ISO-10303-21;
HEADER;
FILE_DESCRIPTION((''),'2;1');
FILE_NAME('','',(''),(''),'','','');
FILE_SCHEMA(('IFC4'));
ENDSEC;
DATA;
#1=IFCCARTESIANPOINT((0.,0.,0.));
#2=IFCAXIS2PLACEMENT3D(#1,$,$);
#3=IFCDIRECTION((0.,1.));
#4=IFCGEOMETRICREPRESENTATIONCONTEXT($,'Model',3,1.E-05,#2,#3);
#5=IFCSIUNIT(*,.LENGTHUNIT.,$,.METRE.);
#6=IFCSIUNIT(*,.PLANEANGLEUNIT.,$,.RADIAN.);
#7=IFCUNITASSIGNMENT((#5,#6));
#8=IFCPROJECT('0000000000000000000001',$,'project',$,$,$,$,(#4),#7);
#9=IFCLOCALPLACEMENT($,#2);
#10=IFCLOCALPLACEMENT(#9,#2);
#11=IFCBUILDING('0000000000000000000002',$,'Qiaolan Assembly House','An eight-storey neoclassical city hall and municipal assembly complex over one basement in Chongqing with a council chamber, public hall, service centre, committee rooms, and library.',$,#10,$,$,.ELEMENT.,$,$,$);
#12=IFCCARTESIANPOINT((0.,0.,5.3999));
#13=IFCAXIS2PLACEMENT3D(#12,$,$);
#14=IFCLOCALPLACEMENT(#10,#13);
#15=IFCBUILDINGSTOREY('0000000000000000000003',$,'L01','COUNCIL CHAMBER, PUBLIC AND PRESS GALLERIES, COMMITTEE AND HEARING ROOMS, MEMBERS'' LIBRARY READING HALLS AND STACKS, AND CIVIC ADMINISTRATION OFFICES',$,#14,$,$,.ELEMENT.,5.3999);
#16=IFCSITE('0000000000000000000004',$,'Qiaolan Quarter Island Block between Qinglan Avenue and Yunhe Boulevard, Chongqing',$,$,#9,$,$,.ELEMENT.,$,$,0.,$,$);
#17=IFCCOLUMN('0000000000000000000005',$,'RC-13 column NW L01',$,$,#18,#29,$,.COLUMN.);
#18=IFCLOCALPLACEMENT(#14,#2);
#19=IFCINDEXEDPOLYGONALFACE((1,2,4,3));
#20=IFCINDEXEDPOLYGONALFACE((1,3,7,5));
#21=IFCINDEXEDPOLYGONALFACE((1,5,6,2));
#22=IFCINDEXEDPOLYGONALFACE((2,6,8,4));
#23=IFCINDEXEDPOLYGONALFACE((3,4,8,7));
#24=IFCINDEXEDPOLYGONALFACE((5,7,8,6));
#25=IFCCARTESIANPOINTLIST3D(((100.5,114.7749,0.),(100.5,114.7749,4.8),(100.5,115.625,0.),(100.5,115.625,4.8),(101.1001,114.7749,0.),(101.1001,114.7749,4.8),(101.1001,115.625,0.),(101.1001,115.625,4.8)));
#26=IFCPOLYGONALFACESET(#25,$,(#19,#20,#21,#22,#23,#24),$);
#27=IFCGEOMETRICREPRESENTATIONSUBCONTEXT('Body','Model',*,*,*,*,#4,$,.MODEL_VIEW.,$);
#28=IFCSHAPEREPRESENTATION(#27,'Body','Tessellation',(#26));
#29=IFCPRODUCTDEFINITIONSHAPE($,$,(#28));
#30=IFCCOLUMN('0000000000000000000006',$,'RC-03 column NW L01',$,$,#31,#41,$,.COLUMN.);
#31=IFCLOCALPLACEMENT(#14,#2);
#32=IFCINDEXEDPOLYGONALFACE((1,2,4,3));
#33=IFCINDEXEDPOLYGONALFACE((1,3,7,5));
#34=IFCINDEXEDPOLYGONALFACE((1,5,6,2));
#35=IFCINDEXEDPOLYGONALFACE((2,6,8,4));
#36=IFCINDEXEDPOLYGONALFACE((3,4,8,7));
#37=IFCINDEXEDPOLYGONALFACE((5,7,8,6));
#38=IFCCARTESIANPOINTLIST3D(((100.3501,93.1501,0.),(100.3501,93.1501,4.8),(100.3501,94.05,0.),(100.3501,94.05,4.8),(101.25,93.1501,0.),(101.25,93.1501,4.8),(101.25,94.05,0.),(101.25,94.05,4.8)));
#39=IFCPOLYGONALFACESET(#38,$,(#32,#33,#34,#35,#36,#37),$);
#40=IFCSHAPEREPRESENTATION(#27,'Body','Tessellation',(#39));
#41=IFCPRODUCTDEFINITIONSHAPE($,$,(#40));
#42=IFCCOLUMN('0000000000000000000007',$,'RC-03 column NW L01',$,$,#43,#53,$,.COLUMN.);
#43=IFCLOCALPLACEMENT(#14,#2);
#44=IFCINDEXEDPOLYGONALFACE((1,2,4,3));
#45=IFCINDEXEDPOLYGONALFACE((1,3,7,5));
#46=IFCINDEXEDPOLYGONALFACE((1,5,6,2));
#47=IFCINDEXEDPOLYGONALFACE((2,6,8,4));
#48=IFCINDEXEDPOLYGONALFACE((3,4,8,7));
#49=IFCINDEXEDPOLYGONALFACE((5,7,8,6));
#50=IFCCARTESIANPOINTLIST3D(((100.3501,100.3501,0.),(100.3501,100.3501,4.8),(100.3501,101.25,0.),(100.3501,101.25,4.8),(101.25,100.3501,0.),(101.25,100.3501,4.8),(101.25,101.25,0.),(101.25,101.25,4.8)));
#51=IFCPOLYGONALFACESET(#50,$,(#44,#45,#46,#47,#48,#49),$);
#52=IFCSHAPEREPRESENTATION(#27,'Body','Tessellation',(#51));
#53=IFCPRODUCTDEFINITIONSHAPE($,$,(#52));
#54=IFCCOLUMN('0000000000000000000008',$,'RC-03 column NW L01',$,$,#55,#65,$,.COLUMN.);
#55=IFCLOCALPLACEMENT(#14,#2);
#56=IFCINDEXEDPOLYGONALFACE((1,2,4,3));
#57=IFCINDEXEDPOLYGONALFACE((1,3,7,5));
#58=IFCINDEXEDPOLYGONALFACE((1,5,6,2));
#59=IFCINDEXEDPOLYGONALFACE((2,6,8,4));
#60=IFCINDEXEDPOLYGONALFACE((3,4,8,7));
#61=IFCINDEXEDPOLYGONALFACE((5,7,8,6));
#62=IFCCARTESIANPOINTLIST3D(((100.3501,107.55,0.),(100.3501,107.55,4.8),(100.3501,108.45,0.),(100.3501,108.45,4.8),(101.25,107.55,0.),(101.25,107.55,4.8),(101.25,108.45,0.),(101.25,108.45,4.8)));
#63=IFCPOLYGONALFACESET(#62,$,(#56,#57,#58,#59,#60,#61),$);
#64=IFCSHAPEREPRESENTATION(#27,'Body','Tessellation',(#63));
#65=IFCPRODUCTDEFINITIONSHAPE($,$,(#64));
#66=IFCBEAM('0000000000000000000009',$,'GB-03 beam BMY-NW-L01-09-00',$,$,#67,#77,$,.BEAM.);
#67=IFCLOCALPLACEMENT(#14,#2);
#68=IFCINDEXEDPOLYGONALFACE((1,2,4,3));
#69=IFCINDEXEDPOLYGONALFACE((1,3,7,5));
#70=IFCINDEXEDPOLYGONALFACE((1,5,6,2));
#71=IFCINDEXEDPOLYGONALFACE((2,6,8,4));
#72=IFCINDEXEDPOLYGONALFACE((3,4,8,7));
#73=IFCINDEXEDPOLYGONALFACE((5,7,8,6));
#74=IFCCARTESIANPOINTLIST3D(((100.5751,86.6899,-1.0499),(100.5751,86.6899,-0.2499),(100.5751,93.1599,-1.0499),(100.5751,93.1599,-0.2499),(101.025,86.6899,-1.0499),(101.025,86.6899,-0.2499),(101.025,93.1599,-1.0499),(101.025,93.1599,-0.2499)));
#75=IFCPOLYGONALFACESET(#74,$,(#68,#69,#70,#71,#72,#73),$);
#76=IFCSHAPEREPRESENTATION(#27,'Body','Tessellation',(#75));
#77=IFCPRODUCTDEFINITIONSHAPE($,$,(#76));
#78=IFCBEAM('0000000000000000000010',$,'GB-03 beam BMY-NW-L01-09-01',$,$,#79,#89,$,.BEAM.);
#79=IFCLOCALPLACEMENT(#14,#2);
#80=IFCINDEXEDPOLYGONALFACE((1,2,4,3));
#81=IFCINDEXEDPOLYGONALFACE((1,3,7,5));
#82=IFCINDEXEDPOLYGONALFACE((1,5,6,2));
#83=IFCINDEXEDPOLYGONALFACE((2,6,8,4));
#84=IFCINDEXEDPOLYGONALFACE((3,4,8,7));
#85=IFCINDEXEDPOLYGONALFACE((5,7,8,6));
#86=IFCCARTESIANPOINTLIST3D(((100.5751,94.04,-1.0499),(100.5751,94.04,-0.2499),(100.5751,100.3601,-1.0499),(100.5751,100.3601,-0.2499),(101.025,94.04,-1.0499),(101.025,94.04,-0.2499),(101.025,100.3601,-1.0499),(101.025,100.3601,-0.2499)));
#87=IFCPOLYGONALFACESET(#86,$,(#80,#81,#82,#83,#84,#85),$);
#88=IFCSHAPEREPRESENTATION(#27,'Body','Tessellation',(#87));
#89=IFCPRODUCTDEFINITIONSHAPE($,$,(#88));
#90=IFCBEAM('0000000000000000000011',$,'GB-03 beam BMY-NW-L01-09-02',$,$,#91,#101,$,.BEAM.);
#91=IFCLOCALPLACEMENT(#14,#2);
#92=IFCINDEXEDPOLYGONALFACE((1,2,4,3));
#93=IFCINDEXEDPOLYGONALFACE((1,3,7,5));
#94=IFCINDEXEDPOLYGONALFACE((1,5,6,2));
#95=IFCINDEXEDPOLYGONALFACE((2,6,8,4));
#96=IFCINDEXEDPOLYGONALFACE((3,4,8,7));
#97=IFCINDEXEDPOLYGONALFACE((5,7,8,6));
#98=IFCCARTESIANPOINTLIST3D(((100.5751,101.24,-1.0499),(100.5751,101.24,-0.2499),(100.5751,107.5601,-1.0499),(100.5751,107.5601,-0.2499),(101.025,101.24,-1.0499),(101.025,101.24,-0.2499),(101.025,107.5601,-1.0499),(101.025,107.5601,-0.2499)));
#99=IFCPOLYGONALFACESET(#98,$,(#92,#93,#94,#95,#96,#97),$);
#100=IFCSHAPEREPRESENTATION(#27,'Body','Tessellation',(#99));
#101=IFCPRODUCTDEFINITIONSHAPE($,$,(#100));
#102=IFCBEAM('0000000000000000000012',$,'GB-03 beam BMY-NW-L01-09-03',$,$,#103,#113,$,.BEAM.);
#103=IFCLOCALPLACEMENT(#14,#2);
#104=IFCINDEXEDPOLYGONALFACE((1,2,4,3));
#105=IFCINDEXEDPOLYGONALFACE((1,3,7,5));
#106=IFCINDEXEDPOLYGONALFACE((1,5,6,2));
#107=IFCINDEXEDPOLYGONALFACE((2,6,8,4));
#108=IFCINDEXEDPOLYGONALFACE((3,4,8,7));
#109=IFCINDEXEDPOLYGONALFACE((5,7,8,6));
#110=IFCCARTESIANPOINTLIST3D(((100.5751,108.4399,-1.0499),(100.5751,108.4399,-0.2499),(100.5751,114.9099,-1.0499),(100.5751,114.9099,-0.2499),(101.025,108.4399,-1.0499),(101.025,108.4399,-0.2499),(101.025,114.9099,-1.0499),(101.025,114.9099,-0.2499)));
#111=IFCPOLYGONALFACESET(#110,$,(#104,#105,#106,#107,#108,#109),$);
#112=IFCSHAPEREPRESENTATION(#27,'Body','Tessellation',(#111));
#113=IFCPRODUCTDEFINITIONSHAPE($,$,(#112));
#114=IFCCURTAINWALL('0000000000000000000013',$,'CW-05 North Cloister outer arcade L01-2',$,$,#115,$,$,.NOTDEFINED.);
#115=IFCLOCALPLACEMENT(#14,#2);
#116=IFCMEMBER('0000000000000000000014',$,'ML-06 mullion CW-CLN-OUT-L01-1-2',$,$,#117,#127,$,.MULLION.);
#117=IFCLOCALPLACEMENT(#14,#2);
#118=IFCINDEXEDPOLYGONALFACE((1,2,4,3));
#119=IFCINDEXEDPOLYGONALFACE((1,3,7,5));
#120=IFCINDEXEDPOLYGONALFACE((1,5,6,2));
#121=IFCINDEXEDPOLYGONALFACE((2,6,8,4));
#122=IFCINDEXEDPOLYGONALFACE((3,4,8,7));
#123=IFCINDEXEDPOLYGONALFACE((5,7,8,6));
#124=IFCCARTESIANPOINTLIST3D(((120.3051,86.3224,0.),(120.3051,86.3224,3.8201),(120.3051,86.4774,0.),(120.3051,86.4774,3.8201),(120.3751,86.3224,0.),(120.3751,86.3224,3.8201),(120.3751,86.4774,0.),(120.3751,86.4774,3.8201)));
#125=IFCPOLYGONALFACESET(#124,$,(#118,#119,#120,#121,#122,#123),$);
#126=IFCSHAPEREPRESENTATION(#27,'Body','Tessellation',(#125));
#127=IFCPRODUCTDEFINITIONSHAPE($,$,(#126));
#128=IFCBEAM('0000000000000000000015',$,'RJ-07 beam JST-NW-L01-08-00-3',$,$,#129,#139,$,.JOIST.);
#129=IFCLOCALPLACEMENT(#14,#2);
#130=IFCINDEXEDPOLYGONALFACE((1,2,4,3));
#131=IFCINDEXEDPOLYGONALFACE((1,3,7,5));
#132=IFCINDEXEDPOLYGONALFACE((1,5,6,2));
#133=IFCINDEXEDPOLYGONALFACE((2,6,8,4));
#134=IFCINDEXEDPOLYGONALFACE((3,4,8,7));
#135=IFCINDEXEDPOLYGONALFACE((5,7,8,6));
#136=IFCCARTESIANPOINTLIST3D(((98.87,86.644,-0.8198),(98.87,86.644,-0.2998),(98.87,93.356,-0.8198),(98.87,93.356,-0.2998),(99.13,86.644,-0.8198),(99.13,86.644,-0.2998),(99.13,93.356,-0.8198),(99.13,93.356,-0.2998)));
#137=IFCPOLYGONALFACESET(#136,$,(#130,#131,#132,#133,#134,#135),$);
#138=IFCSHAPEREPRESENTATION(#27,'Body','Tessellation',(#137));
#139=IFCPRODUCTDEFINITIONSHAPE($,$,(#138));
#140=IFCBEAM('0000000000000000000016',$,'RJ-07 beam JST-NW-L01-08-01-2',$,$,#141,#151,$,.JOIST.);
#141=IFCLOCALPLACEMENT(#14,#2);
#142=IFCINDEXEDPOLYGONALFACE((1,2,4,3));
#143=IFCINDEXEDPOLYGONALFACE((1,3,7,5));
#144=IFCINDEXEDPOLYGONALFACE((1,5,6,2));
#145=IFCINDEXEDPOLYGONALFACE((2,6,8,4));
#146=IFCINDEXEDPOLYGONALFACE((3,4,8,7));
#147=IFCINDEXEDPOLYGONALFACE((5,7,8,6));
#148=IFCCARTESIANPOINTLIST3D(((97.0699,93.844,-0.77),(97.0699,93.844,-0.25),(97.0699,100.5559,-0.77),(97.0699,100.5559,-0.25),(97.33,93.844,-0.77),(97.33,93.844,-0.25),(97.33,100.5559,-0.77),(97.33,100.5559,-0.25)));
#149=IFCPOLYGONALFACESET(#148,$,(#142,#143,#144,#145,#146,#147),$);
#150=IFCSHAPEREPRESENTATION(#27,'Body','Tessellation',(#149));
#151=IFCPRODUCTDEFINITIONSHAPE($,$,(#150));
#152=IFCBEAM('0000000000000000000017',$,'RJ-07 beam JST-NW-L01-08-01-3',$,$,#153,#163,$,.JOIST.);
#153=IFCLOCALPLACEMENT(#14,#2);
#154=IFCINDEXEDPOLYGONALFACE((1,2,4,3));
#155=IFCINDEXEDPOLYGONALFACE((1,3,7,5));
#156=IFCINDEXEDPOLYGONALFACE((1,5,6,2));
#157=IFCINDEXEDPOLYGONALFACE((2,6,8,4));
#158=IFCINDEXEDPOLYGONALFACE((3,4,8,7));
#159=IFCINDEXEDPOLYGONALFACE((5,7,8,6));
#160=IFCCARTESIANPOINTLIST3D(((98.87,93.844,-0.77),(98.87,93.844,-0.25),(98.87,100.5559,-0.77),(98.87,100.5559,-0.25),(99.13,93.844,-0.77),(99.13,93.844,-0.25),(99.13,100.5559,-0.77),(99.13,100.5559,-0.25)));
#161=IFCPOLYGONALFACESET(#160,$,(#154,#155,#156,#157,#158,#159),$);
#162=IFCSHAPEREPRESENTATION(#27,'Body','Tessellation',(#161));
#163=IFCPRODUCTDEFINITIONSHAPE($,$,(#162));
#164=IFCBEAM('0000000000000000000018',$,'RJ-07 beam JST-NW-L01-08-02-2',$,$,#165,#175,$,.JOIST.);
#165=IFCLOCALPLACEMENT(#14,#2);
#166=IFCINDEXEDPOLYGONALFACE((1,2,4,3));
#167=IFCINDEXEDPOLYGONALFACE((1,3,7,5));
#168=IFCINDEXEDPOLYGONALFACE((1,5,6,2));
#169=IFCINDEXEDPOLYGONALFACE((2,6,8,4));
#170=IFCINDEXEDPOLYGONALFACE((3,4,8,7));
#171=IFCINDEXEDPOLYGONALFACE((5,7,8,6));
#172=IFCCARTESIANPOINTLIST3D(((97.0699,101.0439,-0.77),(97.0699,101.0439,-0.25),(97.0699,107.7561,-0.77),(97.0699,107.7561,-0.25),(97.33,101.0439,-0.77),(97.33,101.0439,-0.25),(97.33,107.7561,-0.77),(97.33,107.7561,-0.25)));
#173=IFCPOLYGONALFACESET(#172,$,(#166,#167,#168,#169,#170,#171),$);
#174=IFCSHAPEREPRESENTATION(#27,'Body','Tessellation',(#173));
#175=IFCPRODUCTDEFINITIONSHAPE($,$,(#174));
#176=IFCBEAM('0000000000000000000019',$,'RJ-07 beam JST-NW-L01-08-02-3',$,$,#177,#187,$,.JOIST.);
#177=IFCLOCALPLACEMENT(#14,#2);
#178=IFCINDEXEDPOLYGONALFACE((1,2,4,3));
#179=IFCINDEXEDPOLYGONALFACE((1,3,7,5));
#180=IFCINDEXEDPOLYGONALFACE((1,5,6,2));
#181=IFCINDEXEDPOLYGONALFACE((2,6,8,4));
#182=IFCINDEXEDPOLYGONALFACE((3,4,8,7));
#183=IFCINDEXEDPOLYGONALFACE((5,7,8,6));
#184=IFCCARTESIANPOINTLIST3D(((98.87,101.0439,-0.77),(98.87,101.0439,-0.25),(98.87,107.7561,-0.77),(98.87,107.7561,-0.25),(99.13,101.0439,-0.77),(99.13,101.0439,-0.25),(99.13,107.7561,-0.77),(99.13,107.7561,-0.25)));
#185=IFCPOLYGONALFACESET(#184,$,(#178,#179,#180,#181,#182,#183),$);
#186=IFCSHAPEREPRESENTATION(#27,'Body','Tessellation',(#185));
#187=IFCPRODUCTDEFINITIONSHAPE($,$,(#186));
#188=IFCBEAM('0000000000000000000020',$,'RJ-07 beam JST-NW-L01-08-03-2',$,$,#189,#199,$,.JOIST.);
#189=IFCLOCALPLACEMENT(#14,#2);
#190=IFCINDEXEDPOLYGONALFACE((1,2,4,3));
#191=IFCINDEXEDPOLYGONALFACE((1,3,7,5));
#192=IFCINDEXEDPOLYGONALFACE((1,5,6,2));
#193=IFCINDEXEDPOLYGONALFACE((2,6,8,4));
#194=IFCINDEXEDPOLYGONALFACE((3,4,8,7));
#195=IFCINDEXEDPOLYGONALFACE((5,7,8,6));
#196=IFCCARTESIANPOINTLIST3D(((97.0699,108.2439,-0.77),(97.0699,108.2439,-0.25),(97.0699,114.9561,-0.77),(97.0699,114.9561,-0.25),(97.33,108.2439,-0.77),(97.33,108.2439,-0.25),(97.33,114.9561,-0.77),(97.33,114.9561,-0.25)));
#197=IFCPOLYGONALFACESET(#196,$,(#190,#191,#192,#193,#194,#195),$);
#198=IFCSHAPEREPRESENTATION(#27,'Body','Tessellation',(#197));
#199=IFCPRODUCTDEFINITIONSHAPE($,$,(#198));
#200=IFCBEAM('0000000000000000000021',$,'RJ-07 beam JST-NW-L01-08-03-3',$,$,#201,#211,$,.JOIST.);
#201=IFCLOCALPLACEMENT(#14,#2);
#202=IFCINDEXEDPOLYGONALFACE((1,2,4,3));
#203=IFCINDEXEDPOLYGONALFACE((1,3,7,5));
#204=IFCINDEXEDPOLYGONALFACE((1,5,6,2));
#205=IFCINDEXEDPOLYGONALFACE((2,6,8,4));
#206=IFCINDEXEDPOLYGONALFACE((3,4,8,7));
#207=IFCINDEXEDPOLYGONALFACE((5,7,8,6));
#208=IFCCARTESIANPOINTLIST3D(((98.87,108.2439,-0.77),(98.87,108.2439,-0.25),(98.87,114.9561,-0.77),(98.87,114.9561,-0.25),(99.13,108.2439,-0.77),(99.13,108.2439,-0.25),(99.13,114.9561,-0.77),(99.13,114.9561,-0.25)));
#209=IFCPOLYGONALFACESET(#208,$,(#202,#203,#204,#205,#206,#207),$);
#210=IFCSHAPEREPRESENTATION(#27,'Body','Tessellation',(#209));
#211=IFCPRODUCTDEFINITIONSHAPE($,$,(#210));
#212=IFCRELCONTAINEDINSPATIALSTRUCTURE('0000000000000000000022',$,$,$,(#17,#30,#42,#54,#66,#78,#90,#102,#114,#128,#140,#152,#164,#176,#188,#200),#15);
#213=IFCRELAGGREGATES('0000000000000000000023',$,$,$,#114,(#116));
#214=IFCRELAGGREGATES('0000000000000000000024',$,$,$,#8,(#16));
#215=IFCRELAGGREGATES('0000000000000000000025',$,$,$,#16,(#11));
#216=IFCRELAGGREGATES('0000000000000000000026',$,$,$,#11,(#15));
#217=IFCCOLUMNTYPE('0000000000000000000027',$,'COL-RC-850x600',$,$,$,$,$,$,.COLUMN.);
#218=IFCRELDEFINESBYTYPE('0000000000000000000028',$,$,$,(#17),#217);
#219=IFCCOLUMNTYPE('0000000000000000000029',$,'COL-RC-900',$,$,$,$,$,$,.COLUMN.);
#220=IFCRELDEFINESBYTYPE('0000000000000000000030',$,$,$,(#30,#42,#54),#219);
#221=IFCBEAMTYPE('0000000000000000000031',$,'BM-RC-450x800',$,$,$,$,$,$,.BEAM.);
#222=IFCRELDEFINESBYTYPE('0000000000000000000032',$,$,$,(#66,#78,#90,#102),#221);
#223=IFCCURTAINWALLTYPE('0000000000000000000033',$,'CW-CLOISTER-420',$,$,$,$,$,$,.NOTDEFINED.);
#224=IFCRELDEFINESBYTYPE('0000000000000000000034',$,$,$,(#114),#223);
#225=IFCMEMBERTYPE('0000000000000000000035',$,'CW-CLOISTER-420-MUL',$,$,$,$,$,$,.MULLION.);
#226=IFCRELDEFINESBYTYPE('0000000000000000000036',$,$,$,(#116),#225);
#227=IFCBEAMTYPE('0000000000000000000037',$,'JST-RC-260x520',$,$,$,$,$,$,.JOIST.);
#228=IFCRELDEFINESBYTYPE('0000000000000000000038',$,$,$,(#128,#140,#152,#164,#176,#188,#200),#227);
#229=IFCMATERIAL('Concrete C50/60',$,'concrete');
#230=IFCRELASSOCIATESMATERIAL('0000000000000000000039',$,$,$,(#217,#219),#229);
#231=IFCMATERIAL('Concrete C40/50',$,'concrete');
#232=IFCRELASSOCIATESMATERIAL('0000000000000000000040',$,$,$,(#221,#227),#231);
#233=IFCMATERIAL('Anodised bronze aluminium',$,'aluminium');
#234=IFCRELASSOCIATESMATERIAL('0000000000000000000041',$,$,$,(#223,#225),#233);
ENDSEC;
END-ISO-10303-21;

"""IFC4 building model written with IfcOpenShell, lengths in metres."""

from ifc_helpers import new_model, si_unit, direction, frame, origin, origin_2d, place, context, subcontext, project, spatial, rectangle, extrude, material, material_profile, profile_set, type_object, element, aggregate, save


model = new_model("IFC4")

# Units and contexts
model_context = context("Model", 3, precision=1e-05, world=origin(), true_north=direction((0.0, 1.0)))
body_context = subcontext(model_context, "Body", "Model", "MODEL_VIEW")
ifc_project = project(units=[si_unit("LENGTHUNIT", "METRE"), si_unit("PLANEANGLEUNIT", "RADIAN")], contexts=[model_context])

# Site, building, storey
site_placement = place(None, origin())
site = spatial("IfcSite", under=ifc_project, at=site_placement, Name="Qiaolan Quarter Island Block between Qinglan Avenue and Yunhe Boulevard, Chongqing", CompositionType="ELEMENT", RefElevation=0.0)
building_placement = place(site_placement, origin())
building = spatial("IfcBuilding", under=site, at=building_placement, Name="Qiaolan Assembly House", Description="An eight-storey neoclassical city hall and municipal assembly complex over one basement in Chongqing with a council chamber, public hall, service centre, committee rooms, and library.", CompositionType="ELEMENT")
storey_placement = place(building_placement, frame((0.0, 0.0, 5.3999)))
storey = spatial("IfcBuildingStorey", under=building, at=storey_placement, Name="L01", Description="COUNCIL CHAMBER, PUBLIC AND PRESS GALLERIES, COMMITTEE AND HEARING ROOMS, MEMBERS' LIBRARY READING HALLS AND STACKS, AND CIVIC ADMINISTRATION OFFICES", CompositionType="ELEMENT", Elevation=5.3999)

# Columns
ifc_material_1 = material(Name="Concrete C50/60", Category="concrete")
ifc_material_profile_1 = material_profile(ifc_material_1, rectangle(XDim=0.6001, YDim=0.8501, at=origin_2d()), Name="RC 850x600")
ifc_profile_set_1 = profile_set([ifc_material_profile_1], Name="Concrete C50/60")
column_type_1 = type_object("IfcColumnType", Name="COL-RC-850x600", PredefinedType="COLUMN", material=ifc_profile_set_1)
column_placement = place(storey_placement, frame((100.8, 115.2, 0.0), z_axis=(0.0, 0.0, 1.0), x_axis=(1.0, 0.0, 0.0)))
element("IfcColumn", 1, at=column_placement, inside=storey, type_object=column_type_1, Name="RC-13 column NW L01", PredefinedType="COLUMN", context=body_context, shape_type="SweptSolid", body=[
    extrude(rectangle(XDim=0.6001, YDim=0.8501, at=origin_2d()), origin(), (0.0, 0.0, 1.0), 4.8),
])
ifc_material_profile_2 = material_profile(ifc_material_1, rectangle(XDim=0.8999, YDim=0.8999, at=origin_2d()), Name="RC 900x900")
ifc_profile_set_2 = profile_set([ifc_material_profile_2], Name="Concrete C50/60")
column_type_2 = type_object("IfcColumnType", Name="COL-RC-900", PredefinedType="COLUMN", material=ifc_profile_set_2)
for number, where, z_axis, x_axis, name in (
    (2, (100.8, 93.6001, 0.0), (0.0, 0.0, 1.0), (1.0, 0.0, 0.0), "RC-03 column NW L01"),
    (3, (100.8, 100.8, 0.0), (0.0, 0.0, 1.0), (1.0, 0.0, 0.0), "RC-03 column NW L01"),
    (4, (100.8, 108.0, 0.0), (0.0, 0.0, 1.0), (1.0, 0.0, 0.0), "RC-03 column NW L01"),
):
    element("IfcColumn", number, at=place(storey_placement, frame(where, z_axis=z_axis, x_axis=x_axis)), inside=storey, type_object=column_type_2, Name=name, PredefinedType="COLUMN", context=body_context, shape_type="SweptSolid", body=[
        extrude(rectangle(XDim=0.8999, YDim=0.8999, at=origin_2d()), origin(), (0.0, 0.0, 1.0), 4.8),
    ])

# Beams
ifc_material_2 = material(Name="Concrete C40/50", Category="concrete")
ifc_material_profile_3 = material_profile(ifc_material_2, rectangle(XDim=0.45, YDim=0.8, at=origin_2d()), Name="RCB 450x800")
ifc_profile_set_3 = profile_set([ifc_material_profile_3], Name="Concrete C40/50")
beam_type_1 = type_object("IfcBeamType", Name="BM-RC-450x800", PredefinedType="BEAM", material=ifc_profile_set_3)
beam_1_placement = place(storey_placement, frame((100.8, 86.6899, -0.6499), z_axis=(0.0, 1.0, 0.0), x_axis=(-1.0, 0.0, 0.0)))
element("IfcBeam", 5, at=beam_1_placement, inside=storey, type_object=beam_type_1, Name="GB-03 beam BMY-NW-L01-09-00", PredefinedType="BEAM", context=body_context, shape_type="SweptSolid", body=[
    extrude(rectangle(XDim=0.45, YDim=0.8, at=origin_2d()), origin(), (0.0, 0.0, 1.0), 6.47),
])
for number, where, z_axis, x_axis, name in (
    (6, (100.8, 94.04, -0.6499), (0.0, 1.0, 0.0), (-1.0, 0.0, 0.0), "GB-03 beam BMY-NW-L01-09-01"),
    (7, (100.8, 101.24, -0.6499), (0.0, 1.0, 0.0), (-1.0, 0.0, 0.0), "GB-03 beam BMY-NW-L01-09-02"),
):
    element("IfcBeam", number, at=place(storey_placement, frame(where, z_axis=z_axis, x_axis=x_axis)), inside=storey, type_object=beam_type_1, Name=name, PredefinedType="BEAM", context=body_context, shape_type="SweptSolid", body=[
        extrude(rectangle(XDim=0.45, YDim=0.8, at=origin_2d()), origin(), (0.0, 0.0, 1.0), 6.3201),
    ])
beam_2_placement = place(storey_placement, frame((100.8, 108.4399, -0.6499), z_axis=(0.0, 1.0, 0.0), x_axis=(-1.0, 0.0, 0.0)))
element("IfcBeam", 8, at=beam_2_placement, inside=storey, type_object=beam_type_1, Name="GB-03 beam BMY-NW-L01-09-03", PredefinedType="BEAM", context=body_context, shape_type="SweptSolid", body=[
    extrude(rectangle(XDim=0.45, YDim=0.8, at=origin_2d()), origin(), (0.0, 0.0, 1.0), 6.47),
])

# Curtain wall, member
ifc_material_3 = material(Name="Anodised bronze aluminium", Category="aluminium")
curtain_wall_type = type_object("IfcCurtainWallType", Name="CW-CLOISTER-420", PredefinedType="NOTDEFINED", material=ifc_material_3)
curtain_wall_placement = place(storey_placement, origin())
curtain_wall = element("IfcCurtainWall", 9, at=curtain_wall_placement, inside=storey, type_object=curtain_wall_type, Name="CW-05 North Cloister outer arcade L01-2", PredefinedType="NOTDEFINED")
ifc_material_profile_4 = material_profile(ifc_material_3, rectangle(XDim=0.0701, YDim=0.155, at=origin_2d()), Name="MUL 70x155")
ifc_profile_set_4 = profile_set([ifc_material_profile_4], Name="Anodised bronze aluminium")
member_type = type_object("IfcMemberType", Name="CW-CLOISTER-420-MUL", PredefinedType="MULLION", material=ifc_profile_set_4)
member_placement = place(storey_placement, frame((120.3401, 86.3999, 0.0), z_axis=(0.0, 0.0, 1.0), x_axis=(-1.0, 0.0, 0.0)))
member = element("IfcMember", 10, at=member_placement, type_object=member_type, Name="ML-06 mullion CW-CLN-OUT-L01-1-2", PredefinedType="MULLION", context=body_context, shape_type="SweptSolid", body=[
    extrude(rectangle(XDim=0.0701, YDim=0.155, at=origin_2d()), origin(), (0.0, 0.0, 1.0), 3.8201),
])

# Beams
ifc_material_profile_5 = material_profile(ifc_material_2, rectangle(XDim=0.26, YDim=0.52, at=origin_2d()), Name="RCB 260x520")
ifc_profile_set_5 = profile_set([ifc_material_profile_5], Name="Concrete C40/50")
beam_type_2 = type_object("IfcBeamType", Name="JST-RC-260x520", PredefinedType="JOIST", material=ifc_profile_set_5)
for number, where, z_axis, x_axis, name in (
    (11, (99.0, 86.644, -0.5598), (0.0, 1.0, 0.0), (-1.0, 0.0, 0.0), "RJ-07 beam JST-NW-L01-08-00-3"),
    (12, (97.2, 93.844, -0.51), (0.0, 1.0, 0.0), (-1.0, 0.0, 0.0), "RJ-07 beam JST-NW-L01-08-01-2"),
    (13, (99.0, 93.844, -0.51), (0.0, 1.0, 0.0), (-1.0, 0.0, 0.0), "RJ-07 beam JST-NW-L01-08-01-3"),
):
    element("IfcBeam", number, at=place(storey_placement, frame(where, z_axis=z_axis, x_axis=x_axis)), inside=storey, type_object=beam_type_2, Name=name, PredefinedType="JOIST", context=body_context, shape_type="SweptSolid", body=[
        extrude(rectangle(XDim=0.26, YDim=0.52, at=origin_2d()), origin(), (0.0, 0.0, 1.0), 6.7119),
    ])
for number, where, z_axis, x_axis, name in (
    (14, (97.2, 101.0439, -0.51), (0.0, 1.0, 0.0), (-1.0, 0.0, 0.0), "RJ-07 beam JST-NW-L01-08-02-2"),
    (15, (99.0, 101.0439, -0.51), (0.0, 1.0, 0.0), (-1.0, 0.0, 0.0), "RJ-07 beam JST-NW-L01-08-02-3"),
    (16, (97.2, 108.2439, -0.51), (0.0, 1.0, 0.0), (-1.0, 0.0, 0.0), "RJ-07 beam JST-NW-L01-08-03-2"),
    (17, (99.0, 108.2439, -0.51), (0.0, 1.0, 0.0), (-1.0, 0.0, 0.0), "RJ-07 beam JST-NW-L01-08-03-3"),
):
    element("IfcBeam", number, at=place(storey_placement, frame(where, z_axis=z_axis, x_axis=x_axis)), inside=storey, type_object=beam_type_2, Name=name, PredefinedType="JOIST", context=body_context, shape_type="SweptSolid", body=[
        extrude(rectangle(XDim=0.26, YDim=0.52, at=origin_2d()), origin(), (0.0, 0.0, 1.0), 6.7122),
    ])

aggregate(curtain_wall, [member])

save(model, "model.ifc")
